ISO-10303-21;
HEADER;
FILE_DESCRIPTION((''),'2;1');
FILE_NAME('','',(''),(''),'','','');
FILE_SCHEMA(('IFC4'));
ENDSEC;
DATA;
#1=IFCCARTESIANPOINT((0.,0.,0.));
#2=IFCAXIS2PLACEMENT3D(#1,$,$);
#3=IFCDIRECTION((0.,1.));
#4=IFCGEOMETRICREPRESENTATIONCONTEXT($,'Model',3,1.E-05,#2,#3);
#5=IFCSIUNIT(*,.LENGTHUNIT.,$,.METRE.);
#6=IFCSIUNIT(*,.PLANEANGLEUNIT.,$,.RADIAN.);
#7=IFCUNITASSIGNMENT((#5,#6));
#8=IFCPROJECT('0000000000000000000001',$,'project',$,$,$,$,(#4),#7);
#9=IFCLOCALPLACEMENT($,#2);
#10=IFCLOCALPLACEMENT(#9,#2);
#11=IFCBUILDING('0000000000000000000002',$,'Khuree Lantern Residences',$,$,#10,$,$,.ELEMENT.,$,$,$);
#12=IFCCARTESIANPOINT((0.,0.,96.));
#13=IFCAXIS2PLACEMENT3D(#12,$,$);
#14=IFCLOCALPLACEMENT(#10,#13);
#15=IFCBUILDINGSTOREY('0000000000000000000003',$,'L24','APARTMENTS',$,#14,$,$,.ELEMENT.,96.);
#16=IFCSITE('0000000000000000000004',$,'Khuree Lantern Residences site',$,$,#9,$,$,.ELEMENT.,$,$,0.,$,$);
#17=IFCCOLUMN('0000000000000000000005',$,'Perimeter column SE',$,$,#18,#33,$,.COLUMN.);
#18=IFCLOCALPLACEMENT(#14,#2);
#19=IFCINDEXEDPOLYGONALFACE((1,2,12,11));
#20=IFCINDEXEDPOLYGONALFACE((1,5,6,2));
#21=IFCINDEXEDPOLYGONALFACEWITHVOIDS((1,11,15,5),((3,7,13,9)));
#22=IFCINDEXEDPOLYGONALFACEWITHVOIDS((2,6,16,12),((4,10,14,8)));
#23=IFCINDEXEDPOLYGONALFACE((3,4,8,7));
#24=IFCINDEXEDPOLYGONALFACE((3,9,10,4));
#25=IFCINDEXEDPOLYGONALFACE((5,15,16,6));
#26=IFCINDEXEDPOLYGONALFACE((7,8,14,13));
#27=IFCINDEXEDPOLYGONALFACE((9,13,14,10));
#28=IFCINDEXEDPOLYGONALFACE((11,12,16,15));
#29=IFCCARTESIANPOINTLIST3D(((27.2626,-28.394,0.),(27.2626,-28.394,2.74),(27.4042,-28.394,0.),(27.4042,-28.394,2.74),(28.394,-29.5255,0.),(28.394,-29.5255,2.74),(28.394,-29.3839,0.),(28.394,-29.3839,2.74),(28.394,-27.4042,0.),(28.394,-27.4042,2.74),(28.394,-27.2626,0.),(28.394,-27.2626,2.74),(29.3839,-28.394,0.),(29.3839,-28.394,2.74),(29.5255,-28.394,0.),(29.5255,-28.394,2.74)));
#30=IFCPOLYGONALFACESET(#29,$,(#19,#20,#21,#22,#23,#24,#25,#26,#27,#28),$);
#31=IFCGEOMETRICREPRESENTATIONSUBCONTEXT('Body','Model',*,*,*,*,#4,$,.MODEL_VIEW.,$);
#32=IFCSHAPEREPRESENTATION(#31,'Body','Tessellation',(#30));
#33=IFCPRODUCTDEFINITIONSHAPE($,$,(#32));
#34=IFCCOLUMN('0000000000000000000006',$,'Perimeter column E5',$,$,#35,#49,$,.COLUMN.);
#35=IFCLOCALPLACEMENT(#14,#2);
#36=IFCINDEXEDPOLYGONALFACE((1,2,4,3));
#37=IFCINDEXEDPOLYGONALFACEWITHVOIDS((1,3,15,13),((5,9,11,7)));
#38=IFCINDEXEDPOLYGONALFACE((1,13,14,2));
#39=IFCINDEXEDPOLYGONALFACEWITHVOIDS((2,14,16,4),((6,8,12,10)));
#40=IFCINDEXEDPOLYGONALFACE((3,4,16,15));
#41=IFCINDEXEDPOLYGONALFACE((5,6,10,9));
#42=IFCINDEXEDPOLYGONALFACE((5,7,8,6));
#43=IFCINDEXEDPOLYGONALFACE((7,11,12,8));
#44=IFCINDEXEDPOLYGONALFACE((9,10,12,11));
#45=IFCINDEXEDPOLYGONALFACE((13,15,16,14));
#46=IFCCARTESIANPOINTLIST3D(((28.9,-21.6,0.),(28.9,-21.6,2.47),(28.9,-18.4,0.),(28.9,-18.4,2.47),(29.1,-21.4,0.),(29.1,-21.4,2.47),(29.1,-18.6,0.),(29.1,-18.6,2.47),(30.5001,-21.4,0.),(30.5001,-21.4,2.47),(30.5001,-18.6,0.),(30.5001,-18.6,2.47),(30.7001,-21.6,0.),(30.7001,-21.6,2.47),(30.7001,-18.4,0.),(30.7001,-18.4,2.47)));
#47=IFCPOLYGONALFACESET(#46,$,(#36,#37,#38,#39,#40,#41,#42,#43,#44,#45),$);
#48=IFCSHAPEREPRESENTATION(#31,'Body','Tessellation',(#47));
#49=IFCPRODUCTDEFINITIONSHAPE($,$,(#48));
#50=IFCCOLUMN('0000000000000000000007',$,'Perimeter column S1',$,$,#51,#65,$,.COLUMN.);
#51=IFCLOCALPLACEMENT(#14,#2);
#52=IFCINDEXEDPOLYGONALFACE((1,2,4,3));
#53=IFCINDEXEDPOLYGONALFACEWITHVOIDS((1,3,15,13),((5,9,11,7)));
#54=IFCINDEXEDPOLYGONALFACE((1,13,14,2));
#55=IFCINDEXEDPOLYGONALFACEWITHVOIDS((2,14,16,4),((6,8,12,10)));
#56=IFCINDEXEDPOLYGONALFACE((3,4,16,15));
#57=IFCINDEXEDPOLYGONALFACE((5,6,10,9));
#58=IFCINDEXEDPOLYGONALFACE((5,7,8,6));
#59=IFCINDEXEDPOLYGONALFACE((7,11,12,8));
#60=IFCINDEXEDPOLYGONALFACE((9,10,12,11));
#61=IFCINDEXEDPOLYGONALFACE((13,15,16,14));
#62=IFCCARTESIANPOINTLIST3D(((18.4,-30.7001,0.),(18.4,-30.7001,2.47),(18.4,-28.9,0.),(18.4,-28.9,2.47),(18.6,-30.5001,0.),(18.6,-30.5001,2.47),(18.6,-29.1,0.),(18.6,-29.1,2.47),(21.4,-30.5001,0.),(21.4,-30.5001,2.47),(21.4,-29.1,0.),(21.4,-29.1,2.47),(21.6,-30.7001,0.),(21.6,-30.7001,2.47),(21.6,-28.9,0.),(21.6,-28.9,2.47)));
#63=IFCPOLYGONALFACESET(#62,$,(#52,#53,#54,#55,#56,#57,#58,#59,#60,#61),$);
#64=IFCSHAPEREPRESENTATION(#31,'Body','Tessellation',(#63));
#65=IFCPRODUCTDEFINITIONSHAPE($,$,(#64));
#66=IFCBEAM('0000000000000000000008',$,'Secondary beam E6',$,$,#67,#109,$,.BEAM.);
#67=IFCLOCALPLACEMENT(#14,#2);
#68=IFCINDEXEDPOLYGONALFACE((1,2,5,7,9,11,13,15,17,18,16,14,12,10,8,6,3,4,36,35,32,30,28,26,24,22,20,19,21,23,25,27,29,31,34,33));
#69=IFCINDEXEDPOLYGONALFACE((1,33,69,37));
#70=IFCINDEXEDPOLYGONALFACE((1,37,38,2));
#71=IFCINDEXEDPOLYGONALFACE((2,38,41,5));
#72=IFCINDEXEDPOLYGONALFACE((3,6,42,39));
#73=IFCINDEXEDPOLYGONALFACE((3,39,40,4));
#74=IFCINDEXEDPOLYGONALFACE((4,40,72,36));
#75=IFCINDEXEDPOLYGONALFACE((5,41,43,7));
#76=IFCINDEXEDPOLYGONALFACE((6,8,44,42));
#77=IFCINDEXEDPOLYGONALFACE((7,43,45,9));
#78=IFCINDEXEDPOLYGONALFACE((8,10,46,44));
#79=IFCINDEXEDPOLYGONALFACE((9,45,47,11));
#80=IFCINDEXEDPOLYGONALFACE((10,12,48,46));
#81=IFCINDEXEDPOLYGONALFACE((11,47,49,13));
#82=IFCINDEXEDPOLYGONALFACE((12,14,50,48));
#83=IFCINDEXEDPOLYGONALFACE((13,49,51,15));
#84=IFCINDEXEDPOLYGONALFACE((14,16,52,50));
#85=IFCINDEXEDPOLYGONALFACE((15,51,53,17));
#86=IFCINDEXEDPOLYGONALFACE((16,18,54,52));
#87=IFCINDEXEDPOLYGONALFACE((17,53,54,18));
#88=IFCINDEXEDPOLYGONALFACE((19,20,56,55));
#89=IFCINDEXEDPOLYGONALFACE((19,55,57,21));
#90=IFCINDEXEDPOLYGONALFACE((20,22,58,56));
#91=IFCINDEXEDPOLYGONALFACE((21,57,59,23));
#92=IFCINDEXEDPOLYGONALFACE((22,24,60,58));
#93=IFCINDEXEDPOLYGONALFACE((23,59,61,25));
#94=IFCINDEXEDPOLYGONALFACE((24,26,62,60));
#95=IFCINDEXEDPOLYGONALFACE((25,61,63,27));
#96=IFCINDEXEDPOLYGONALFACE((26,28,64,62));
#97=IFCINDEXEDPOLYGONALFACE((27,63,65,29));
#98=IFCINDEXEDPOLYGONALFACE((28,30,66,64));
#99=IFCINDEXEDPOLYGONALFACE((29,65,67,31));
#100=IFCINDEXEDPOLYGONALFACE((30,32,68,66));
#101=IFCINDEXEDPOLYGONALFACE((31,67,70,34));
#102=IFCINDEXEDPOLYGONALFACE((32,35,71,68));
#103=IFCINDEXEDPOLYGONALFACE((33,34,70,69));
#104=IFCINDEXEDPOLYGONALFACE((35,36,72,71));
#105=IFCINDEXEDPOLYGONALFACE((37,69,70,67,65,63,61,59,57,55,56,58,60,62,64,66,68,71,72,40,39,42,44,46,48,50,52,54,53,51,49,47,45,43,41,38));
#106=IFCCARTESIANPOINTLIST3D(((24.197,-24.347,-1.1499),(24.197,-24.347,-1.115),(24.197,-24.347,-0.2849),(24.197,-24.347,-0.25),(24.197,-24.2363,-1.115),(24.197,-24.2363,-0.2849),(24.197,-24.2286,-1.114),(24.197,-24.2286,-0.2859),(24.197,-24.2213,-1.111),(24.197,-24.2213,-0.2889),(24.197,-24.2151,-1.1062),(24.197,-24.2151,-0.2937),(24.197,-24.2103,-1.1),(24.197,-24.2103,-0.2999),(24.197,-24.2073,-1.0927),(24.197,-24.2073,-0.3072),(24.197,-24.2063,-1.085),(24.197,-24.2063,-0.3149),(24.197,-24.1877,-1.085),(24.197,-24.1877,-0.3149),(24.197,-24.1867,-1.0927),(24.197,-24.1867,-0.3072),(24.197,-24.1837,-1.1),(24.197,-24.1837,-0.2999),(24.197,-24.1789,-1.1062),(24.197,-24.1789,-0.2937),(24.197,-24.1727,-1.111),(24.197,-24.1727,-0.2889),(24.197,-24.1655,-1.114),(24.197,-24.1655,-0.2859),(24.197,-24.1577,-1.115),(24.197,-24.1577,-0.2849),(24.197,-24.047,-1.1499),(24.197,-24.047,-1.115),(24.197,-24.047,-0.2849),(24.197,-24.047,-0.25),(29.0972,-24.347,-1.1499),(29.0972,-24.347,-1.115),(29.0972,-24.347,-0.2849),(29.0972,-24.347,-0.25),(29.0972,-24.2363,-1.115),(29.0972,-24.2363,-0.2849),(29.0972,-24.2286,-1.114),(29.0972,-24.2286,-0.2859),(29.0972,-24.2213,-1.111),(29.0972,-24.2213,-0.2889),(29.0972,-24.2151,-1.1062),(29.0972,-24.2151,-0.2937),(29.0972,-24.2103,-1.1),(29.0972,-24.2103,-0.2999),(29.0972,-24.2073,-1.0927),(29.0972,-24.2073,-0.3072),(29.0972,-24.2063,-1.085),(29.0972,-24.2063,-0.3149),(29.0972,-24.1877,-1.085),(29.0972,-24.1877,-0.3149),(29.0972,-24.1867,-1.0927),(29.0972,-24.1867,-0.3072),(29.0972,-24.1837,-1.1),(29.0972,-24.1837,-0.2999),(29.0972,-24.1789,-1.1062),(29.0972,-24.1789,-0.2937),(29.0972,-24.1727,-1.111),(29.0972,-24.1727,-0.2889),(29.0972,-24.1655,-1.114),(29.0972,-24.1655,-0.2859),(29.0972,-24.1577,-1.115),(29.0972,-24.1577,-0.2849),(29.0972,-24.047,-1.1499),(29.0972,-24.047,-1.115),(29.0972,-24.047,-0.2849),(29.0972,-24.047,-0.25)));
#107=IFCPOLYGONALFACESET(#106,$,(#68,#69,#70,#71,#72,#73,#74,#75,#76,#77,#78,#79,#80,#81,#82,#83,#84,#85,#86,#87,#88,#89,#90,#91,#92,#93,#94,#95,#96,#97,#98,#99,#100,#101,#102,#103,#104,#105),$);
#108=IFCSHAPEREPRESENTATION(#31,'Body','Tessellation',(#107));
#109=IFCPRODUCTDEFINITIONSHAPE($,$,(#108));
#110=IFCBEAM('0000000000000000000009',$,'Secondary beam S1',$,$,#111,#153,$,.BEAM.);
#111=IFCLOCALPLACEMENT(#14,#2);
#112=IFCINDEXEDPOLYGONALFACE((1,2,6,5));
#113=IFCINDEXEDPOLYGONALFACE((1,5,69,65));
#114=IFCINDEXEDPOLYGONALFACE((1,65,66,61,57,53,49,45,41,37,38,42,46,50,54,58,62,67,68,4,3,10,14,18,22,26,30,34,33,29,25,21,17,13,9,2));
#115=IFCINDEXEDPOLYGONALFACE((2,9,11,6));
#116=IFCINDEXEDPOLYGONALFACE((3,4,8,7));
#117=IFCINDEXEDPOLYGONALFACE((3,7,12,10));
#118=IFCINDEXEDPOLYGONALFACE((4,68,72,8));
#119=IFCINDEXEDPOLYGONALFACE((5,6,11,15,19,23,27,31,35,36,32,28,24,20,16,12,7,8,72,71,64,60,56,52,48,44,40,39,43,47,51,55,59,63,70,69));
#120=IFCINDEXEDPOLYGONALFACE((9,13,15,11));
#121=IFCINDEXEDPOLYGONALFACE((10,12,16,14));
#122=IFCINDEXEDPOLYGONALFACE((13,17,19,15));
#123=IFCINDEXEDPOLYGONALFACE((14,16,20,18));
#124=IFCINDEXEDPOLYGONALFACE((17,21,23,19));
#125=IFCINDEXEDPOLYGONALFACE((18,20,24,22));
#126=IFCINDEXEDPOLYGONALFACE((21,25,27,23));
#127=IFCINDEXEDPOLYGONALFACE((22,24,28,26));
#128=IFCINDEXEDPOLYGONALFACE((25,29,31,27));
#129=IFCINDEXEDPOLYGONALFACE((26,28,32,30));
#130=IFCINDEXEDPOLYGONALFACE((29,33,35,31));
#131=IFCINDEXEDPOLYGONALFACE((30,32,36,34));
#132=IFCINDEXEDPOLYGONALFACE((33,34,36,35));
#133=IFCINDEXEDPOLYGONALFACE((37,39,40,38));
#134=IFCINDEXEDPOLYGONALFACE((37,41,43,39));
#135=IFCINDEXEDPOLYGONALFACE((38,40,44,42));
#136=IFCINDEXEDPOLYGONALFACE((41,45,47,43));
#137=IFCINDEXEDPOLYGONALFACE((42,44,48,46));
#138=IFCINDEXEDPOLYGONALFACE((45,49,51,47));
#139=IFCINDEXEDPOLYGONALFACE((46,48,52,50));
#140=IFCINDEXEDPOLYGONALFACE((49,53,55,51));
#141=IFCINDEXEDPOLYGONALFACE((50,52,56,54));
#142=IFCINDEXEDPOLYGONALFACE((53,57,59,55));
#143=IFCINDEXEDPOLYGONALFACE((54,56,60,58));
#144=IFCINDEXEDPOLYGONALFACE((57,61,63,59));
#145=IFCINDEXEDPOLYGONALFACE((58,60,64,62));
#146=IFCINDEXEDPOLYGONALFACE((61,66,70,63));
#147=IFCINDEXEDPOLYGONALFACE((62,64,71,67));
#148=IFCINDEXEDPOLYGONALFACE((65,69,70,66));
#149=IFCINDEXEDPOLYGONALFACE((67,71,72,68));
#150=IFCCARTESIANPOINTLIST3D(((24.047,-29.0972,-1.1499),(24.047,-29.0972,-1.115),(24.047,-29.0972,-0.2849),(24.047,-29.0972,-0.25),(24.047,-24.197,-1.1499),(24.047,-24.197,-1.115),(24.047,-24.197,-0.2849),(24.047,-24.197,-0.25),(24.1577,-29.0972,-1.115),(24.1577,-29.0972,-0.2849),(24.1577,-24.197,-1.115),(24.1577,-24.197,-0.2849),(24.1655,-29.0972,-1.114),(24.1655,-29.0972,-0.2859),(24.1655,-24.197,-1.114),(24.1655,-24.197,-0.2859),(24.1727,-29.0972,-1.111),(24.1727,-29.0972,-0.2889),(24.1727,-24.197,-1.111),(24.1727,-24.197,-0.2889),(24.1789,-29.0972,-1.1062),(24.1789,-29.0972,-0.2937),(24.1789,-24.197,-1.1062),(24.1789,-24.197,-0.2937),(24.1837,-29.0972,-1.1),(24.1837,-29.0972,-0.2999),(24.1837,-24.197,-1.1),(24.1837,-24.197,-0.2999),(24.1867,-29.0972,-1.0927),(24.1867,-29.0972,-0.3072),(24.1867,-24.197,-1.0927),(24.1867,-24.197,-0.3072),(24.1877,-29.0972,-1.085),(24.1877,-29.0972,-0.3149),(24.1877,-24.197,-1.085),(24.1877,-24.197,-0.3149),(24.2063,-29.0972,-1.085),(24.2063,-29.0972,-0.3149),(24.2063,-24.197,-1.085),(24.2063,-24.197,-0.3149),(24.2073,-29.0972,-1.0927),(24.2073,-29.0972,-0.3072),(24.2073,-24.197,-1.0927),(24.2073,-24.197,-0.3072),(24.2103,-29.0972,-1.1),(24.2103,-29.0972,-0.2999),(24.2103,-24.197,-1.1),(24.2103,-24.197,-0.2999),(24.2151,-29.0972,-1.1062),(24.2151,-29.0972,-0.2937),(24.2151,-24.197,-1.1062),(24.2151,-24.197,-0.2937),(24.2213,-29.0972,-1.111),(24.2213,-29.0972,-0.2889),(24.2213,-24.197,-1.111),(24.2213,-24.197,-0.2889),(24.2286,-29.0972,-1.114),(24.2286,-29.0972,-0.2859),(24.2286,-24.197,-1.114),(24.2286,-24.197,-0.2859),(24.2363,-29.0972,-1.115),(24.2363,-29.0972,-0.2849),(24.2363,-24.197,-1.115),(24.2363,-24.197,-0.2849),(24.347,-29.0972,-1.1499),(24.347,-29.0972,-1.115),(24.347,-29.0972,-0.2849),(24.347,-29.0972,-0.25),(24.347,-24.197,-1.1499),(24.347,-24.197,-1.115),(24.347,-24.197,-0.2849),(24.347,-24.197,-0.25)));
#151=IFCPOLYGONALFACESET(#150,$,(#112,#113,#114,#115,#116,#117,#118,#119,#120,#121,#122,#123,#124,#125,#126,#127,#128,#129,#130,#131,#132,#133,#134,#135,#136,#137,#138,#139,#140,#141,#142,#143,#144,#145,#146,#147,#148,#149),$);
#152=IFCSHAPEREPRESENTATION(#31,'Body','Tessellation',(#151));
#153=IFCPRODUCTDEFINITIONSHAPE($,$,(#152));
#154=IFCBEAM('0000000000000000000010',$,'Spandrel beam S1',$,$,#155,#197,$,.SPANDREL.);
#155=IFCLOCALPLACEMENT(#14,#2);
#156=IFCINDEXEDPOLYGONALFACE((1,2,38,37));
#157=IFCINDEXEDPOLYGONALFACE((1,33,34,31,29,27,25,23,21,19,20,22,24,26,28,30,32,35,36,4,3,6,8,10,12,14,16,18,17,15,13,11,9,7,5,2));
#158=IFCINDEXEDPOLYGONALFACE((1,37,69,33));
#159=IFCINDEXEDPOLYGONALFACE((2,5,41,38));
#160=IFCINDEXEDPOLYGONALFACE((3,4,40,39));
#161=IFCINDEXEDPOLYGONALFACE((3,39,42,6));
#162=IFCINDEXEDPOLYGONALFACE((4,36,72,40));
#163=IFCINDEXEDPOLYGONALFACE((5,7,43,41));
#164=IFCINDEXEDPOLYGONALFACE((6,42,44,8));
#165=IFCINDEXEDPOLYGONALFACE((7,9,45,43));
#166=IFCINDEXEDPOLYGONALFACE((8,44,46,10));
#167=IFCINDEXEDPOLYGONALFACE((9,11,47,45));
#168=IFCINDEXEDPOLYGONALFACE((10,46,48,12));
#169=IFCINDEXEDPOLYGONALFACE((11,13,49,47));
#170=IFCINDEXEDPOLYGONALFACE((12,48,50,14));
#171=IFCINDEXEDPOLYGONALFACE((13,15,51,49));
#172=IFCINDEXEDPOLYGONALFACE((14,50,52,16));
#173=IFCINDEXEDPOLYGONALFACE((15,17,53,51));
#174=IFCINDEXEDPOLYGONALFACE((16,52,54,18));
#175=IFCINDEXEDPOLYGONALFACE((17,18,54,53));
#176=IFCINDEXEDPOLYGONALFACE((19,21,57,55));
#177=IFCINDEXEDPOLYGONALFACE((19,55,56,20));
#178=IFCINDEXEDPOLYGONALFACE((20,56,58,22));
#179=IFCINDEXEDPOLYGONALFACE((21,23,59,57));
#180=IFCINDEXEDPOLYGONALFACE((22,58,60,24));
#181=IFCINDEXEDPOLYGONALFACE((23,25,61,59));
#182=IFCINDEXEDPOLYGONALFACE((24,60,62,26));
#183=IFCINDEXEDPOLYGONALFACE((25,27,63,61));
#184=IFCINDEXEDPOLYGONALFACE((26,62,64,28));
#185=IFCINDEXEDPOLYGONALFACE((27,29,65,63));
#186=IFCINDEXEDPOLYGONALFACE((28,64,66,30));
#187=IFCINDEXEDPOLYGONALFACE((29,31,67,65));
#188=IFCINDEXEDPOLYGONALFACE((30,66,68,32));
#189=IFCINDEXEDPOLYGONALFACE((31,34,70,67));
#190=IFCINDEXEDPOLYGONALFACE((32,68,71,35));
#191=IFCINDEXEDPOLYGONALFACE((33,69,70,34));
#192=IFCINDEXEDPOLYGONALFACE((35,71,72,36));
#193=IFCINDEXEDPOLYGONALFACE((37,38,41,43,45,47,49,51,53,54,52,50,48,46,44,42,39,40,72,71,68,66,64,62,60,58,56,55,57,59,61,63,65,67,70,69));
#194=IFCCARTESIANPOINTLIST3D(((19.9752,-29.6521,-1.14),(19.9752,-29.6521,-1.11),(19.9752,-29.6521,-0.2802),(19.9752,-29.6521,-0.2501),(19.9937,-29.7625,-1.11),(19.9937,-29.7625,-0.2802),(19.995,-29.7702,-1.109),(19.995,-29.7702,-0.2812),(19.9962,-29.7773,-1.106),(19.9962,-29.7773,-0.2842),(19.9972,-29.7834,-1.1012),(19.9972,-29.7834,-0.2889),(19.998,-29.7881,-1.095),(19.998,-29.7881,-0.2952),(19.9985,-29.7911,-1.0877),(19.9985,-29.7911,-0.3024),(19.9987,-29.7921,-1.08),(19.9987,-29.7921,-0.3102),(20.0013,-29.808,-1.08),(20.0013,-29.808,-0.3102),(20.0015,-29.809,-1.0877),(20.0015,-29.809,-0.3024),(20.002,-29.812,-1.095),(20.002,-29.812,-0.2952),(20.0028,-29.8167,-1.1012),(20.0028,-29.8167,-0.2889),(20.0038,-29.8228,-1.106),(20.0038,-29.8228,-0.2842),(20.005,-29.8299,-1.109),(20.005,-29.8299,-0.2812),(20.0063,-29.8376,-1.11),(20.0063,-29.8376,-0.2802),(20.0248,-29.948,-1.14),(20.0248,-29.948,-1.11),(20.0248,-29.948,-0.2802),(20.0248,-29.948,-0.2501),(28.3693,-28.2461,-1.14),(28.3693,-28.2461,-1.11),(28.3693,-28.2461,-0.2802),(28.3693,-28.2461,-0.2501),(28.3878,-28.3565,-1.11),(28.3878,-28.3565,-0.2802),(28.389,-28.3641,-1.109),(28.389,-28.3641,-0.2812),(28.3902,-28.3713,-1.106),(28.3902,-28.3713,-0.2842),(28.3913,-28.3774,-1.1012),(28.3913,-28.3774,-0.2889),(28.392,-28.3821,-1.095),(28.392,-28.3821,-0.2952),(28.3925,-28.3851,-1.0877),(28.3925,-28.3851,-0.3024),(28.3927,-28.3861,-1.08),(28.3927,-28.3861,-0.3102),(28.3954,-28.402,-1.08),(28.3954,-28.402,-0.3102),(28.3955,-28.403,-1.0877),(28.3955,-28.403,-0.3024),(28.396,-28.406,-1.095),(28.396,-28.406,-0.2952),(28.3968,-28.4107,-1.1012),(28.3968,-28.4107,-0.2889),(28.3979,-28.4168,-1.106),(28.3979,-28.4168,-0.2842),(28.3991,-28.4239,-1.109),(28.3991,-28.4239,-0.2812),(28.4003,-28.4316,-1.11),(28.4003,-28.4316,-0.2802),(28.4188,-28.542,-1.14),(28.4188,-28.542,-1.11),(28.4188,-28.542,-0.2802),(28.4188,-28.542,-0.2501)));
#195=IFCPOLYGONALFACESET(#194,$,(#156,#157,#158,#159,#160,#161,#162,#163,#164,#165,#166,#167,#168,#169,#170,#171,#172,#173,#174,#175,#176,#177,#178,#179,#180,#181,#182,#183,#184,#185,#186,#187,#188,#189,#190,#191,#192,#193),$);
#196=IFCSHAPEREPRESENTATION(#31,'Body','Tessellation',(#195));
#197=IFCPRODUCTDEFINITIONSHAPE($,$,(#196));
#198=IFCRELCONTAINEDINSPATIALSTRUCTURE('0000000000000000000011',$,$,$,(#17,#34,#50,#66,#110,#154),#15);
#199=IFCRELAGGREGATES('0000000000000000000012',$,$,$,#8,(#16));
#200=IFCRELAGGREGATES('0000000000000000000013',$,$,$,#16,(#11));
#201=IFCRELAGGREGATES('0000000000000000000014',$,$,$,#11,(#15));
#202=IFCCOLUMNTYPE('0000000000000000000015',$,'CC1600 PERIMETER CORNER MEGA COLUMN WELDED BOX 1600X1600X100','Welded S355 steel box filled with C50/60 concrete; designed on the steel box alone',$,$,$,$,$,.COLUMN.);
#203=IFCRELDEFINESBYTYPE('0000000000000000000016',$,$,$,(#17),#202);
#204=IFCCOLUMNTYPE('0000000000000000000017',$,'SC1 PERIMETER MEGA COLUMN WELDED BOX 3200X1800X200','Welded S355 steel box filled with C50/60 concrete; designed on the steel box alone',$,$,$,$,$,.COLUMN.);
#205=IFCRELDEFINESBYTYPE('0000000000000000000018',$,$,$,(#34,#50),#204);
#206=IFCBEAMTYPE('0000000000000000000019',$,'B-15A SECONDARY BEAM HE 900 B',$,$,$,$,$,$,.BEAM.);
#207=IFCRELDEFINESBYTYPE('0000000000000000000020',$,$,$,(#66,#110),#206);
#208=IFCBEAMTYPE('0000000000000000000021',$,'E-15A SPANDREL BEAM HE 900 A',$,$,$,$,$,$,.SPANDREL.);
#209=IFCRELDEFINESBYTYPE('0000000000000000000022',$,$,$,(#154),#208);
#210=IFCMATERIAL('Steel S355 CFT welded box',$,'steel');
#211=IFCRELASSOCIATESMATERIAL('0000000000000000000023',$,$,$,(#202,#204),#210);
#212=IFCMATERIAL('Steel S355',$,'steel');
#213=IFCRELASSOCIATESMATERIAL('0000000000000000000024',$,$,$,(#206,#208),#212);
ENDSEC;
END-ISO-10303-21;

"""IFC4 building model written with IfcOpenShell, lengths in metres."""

from ifc_helpers import new_model, si_unit, direction, frame, origin, origin_2d, place, context, subcontext, project, spatial, hollow_rectangle, i_section, extrude, material, material_profile, profile_set, type_object, element, save


model = new_model("IFC4")

# Units and contexts
model_context = context("Model", 3, precision=1e-05, world=origin(), true_north=direction((0.0, 1.0)))
body_context = subcontext(model_context, "Body", "Model", "MODEL_VIEW")
ifc_project = project(units=[si_unit("LENGTHUNIT", "METRE"), si_unit("PLANEANGLEUNIT", "RADIAN")], contexts=[model_context])

# Site, building, storey
site_placement = place(None, origin())
site = spatial("IfcSite", under=ifc_project, at=site_placement, Name="Khuree Lantern Residences site", CompositionType="ELEMENT", RefElevation=0.0)
building_placement = place(site_placement, origin())
building = spatial("IfcBuilding", under=site, at=building_placement, Name="Khuree Lantern Residences", CompositionType="ELEMENT")
storey_placement = place(building_placement, frame((0.0, 0.0, 96.0)))
storey = spatial("IfcBuildingStorey", under=building, at=storey_placement, Name="L24", Description="APARTMENTS", CompositionType="ELEMENT", Elevation=96.0)

# Columns
ifc_material_1 = material(Name="Steel S355 CFT welded box", Category="steel")
ifc_material_profile_1 = material_profile(ifc_material_1, hollow_rectangle(XDim=1.6001, YDim=1.6001, WallThickness=0.1001, at=origin_2d()), Name="WELDED BOX 1600X1600X100")
ifc_profile_set_1 = profile_set([ifc_material_profile_1], Name="Steel S355 CFT welded box")
column_type_1 = type_object("IfcColumnType", Name="CC1600 PERIMETER CORNER MEGA COLUMN WELDED BOX 1600X1600X100", Description="Welded S355 steel box filled with C50/60 concrete; designed on the steel box alone", PredefinedType="COLUMN", material=ifc_profile_set_1)
column_placement = place(storey_placement, frame((28.394, -28.394, 0.0), z_axis=(0.0, 0.0, 1.0), x_axis=(0.707107, 0.707107, 0.0)))
element("IfcColumn", 1, at=column_placement, inside=storey, type_object=column_type_1, Name="Perimeter column SE", PredefinedType="COLUMN", context=body_context, shape_type="SweptSolid", body=[
    extrude(hollow_rectangle(XDim=1.6001, YDim=1.6001, WallThickness=0.1001, at=origin_2d()), origin(), (0.0, 0.0, 1.0), 2.74),
])
ifc_material_profile_2 = material_profile(ifc_material_1, hollow_rectangle(XDim=3.2, YDim=1.8, WallThickness=0.2, at=origin_2d()), Name="WELDED BOX 3200X1800X200")
ifc_profile_set_2 = profile_set([ifc_material_profile_2], Name="Steel S355 CFT welded box")
column_type_2 = type_object("IfcColumnType", Name="SC1 PERIMETER MEGA COLUMN WELDED BOX 3200X1800X200", Description="Welded S355 steel box filled with C50/60 concrete; designed on the steel box alone", PredefinedType="COLUMN", material=ifc_profile_set_2)
for number, where, z_axis, x_axis, name in (
    (2, (29.8, -20.0, 0.0), (0.0, 0.0, 1.0), (0.0, 1.0, 0.0), "Perimeter column E5"),
    (3, (20.0, -29.8, 0.0), (0.0, 0.0, 1.0), (1.0, 0.0, 0.0), "Perimeter column S1"),
):
    element("IfcColumn", number, at=place(storey_placement, frame(where, z_axis=z_axis, x_axis=x_axis)), inside=storey, type_object=column_type_2, Name=name, PredefinedType="COLUMN", context=body_context, shape_type="SweptSolid", body=[
        extrude(hollow_rectangle(XDim=3.2, YDim=1.8, WallThickness=0.2, at=origin_2d()), origin(), (0.0, 0.0, 1.0), 2.47),
    ])

# Beams
ifc_material_2 = material(Name="Steel S355", Category="steel")
ifc_material_profile_3 = material_profile(ifc_material_2, i_section(OverallWidth=0.3, OverallDepth=0.8999, WebThickness=0.0186, FlangeThickness=0.0349, FilletRadius=0.03, at=origin_2d()), Name="HE 900 B")
ifc_profile_set_3 = profile_set([ifc_material_profile_3], Name="Steel S355")
beam_type_1 = type_object("IfcBeamType", Name="B-15A SECONDARY BEAM HE 900 B", PredefinedType="BEAM", material=ifc_profile_set_3)
for number, where, z_axis, x_axis, name in (
    (4, (29.0972, -24.197, -0.7), (-1.0, 0.0, 0.0), (0.0, -1.0, 0.0), "Secondary beam E6"),
    (5, (24.197, -29.0972, -0.7), (0.0, 1.0, 0.0), (-1.0, 0.0, 0.0), "Secondary beam S1"),
):
    element("IfcBeam", number, at=place(storey_placement, frame(where, z_axis=z_axis, x_axis=x_axis)), inside=storey, type_object=beam_type_1, Name=name, PredefinedType="BEAM", context=body_context, shape_type="SweptSolid", body=[
        extrude(i_section(OverallWidth=0.3, OverallDepth=0.8999, WebThickness=0.0186, FlangeThickness=0.0349, FilletRadius=0.03, at=origin_2d()), origin(), (0.0, 0.0, 1.0), 4.9001),
    ])
ifc_material_profile_4 = material_profile(ifc_material_2, i_section(OverallWidth=0.3, OverallDepth=0.8899, WebThickness=0.0161, FlangeThickness=0.03, FilletRadius=0.03, at=origin_2d()), Name="HE 900 A")
ifc_profile_set_4 = profile_set([ifc_material_profile_4], Name="Steel S355")
beam_type_2 = type_object("IfcBeamType", Name="E-15A SPANDREL BEAM HE 900 A", PredefinedType="SPANDREL", material=ifc_profile_set_4)
beam_1_placement = place(storey_placement, frame((28.394, -28.394, -0.6951), z_axis=(-0.98626, -0.165199, 0.0), x_axis=(0.165199, -0.98626, 0.0)))
element("IfcBeam", 6, at=beam_1_placement, inside=storey, type_object=beam_type_2, Name="Spandrel beam S1", PredefinedType="SPANDREL", context=body_context, shape_type="SweptSolid", body=[
    extrude(i_section(OverallWidth=0.3, OverallDepth=0.8899, WebThickness=0.0161, FlangeThickness=0.03, FilletRadius=0.03, at=origin_2d()), origin(), (0.0, 0.0, 1.0), 8.511),
])

save(model, "model.ifc")
